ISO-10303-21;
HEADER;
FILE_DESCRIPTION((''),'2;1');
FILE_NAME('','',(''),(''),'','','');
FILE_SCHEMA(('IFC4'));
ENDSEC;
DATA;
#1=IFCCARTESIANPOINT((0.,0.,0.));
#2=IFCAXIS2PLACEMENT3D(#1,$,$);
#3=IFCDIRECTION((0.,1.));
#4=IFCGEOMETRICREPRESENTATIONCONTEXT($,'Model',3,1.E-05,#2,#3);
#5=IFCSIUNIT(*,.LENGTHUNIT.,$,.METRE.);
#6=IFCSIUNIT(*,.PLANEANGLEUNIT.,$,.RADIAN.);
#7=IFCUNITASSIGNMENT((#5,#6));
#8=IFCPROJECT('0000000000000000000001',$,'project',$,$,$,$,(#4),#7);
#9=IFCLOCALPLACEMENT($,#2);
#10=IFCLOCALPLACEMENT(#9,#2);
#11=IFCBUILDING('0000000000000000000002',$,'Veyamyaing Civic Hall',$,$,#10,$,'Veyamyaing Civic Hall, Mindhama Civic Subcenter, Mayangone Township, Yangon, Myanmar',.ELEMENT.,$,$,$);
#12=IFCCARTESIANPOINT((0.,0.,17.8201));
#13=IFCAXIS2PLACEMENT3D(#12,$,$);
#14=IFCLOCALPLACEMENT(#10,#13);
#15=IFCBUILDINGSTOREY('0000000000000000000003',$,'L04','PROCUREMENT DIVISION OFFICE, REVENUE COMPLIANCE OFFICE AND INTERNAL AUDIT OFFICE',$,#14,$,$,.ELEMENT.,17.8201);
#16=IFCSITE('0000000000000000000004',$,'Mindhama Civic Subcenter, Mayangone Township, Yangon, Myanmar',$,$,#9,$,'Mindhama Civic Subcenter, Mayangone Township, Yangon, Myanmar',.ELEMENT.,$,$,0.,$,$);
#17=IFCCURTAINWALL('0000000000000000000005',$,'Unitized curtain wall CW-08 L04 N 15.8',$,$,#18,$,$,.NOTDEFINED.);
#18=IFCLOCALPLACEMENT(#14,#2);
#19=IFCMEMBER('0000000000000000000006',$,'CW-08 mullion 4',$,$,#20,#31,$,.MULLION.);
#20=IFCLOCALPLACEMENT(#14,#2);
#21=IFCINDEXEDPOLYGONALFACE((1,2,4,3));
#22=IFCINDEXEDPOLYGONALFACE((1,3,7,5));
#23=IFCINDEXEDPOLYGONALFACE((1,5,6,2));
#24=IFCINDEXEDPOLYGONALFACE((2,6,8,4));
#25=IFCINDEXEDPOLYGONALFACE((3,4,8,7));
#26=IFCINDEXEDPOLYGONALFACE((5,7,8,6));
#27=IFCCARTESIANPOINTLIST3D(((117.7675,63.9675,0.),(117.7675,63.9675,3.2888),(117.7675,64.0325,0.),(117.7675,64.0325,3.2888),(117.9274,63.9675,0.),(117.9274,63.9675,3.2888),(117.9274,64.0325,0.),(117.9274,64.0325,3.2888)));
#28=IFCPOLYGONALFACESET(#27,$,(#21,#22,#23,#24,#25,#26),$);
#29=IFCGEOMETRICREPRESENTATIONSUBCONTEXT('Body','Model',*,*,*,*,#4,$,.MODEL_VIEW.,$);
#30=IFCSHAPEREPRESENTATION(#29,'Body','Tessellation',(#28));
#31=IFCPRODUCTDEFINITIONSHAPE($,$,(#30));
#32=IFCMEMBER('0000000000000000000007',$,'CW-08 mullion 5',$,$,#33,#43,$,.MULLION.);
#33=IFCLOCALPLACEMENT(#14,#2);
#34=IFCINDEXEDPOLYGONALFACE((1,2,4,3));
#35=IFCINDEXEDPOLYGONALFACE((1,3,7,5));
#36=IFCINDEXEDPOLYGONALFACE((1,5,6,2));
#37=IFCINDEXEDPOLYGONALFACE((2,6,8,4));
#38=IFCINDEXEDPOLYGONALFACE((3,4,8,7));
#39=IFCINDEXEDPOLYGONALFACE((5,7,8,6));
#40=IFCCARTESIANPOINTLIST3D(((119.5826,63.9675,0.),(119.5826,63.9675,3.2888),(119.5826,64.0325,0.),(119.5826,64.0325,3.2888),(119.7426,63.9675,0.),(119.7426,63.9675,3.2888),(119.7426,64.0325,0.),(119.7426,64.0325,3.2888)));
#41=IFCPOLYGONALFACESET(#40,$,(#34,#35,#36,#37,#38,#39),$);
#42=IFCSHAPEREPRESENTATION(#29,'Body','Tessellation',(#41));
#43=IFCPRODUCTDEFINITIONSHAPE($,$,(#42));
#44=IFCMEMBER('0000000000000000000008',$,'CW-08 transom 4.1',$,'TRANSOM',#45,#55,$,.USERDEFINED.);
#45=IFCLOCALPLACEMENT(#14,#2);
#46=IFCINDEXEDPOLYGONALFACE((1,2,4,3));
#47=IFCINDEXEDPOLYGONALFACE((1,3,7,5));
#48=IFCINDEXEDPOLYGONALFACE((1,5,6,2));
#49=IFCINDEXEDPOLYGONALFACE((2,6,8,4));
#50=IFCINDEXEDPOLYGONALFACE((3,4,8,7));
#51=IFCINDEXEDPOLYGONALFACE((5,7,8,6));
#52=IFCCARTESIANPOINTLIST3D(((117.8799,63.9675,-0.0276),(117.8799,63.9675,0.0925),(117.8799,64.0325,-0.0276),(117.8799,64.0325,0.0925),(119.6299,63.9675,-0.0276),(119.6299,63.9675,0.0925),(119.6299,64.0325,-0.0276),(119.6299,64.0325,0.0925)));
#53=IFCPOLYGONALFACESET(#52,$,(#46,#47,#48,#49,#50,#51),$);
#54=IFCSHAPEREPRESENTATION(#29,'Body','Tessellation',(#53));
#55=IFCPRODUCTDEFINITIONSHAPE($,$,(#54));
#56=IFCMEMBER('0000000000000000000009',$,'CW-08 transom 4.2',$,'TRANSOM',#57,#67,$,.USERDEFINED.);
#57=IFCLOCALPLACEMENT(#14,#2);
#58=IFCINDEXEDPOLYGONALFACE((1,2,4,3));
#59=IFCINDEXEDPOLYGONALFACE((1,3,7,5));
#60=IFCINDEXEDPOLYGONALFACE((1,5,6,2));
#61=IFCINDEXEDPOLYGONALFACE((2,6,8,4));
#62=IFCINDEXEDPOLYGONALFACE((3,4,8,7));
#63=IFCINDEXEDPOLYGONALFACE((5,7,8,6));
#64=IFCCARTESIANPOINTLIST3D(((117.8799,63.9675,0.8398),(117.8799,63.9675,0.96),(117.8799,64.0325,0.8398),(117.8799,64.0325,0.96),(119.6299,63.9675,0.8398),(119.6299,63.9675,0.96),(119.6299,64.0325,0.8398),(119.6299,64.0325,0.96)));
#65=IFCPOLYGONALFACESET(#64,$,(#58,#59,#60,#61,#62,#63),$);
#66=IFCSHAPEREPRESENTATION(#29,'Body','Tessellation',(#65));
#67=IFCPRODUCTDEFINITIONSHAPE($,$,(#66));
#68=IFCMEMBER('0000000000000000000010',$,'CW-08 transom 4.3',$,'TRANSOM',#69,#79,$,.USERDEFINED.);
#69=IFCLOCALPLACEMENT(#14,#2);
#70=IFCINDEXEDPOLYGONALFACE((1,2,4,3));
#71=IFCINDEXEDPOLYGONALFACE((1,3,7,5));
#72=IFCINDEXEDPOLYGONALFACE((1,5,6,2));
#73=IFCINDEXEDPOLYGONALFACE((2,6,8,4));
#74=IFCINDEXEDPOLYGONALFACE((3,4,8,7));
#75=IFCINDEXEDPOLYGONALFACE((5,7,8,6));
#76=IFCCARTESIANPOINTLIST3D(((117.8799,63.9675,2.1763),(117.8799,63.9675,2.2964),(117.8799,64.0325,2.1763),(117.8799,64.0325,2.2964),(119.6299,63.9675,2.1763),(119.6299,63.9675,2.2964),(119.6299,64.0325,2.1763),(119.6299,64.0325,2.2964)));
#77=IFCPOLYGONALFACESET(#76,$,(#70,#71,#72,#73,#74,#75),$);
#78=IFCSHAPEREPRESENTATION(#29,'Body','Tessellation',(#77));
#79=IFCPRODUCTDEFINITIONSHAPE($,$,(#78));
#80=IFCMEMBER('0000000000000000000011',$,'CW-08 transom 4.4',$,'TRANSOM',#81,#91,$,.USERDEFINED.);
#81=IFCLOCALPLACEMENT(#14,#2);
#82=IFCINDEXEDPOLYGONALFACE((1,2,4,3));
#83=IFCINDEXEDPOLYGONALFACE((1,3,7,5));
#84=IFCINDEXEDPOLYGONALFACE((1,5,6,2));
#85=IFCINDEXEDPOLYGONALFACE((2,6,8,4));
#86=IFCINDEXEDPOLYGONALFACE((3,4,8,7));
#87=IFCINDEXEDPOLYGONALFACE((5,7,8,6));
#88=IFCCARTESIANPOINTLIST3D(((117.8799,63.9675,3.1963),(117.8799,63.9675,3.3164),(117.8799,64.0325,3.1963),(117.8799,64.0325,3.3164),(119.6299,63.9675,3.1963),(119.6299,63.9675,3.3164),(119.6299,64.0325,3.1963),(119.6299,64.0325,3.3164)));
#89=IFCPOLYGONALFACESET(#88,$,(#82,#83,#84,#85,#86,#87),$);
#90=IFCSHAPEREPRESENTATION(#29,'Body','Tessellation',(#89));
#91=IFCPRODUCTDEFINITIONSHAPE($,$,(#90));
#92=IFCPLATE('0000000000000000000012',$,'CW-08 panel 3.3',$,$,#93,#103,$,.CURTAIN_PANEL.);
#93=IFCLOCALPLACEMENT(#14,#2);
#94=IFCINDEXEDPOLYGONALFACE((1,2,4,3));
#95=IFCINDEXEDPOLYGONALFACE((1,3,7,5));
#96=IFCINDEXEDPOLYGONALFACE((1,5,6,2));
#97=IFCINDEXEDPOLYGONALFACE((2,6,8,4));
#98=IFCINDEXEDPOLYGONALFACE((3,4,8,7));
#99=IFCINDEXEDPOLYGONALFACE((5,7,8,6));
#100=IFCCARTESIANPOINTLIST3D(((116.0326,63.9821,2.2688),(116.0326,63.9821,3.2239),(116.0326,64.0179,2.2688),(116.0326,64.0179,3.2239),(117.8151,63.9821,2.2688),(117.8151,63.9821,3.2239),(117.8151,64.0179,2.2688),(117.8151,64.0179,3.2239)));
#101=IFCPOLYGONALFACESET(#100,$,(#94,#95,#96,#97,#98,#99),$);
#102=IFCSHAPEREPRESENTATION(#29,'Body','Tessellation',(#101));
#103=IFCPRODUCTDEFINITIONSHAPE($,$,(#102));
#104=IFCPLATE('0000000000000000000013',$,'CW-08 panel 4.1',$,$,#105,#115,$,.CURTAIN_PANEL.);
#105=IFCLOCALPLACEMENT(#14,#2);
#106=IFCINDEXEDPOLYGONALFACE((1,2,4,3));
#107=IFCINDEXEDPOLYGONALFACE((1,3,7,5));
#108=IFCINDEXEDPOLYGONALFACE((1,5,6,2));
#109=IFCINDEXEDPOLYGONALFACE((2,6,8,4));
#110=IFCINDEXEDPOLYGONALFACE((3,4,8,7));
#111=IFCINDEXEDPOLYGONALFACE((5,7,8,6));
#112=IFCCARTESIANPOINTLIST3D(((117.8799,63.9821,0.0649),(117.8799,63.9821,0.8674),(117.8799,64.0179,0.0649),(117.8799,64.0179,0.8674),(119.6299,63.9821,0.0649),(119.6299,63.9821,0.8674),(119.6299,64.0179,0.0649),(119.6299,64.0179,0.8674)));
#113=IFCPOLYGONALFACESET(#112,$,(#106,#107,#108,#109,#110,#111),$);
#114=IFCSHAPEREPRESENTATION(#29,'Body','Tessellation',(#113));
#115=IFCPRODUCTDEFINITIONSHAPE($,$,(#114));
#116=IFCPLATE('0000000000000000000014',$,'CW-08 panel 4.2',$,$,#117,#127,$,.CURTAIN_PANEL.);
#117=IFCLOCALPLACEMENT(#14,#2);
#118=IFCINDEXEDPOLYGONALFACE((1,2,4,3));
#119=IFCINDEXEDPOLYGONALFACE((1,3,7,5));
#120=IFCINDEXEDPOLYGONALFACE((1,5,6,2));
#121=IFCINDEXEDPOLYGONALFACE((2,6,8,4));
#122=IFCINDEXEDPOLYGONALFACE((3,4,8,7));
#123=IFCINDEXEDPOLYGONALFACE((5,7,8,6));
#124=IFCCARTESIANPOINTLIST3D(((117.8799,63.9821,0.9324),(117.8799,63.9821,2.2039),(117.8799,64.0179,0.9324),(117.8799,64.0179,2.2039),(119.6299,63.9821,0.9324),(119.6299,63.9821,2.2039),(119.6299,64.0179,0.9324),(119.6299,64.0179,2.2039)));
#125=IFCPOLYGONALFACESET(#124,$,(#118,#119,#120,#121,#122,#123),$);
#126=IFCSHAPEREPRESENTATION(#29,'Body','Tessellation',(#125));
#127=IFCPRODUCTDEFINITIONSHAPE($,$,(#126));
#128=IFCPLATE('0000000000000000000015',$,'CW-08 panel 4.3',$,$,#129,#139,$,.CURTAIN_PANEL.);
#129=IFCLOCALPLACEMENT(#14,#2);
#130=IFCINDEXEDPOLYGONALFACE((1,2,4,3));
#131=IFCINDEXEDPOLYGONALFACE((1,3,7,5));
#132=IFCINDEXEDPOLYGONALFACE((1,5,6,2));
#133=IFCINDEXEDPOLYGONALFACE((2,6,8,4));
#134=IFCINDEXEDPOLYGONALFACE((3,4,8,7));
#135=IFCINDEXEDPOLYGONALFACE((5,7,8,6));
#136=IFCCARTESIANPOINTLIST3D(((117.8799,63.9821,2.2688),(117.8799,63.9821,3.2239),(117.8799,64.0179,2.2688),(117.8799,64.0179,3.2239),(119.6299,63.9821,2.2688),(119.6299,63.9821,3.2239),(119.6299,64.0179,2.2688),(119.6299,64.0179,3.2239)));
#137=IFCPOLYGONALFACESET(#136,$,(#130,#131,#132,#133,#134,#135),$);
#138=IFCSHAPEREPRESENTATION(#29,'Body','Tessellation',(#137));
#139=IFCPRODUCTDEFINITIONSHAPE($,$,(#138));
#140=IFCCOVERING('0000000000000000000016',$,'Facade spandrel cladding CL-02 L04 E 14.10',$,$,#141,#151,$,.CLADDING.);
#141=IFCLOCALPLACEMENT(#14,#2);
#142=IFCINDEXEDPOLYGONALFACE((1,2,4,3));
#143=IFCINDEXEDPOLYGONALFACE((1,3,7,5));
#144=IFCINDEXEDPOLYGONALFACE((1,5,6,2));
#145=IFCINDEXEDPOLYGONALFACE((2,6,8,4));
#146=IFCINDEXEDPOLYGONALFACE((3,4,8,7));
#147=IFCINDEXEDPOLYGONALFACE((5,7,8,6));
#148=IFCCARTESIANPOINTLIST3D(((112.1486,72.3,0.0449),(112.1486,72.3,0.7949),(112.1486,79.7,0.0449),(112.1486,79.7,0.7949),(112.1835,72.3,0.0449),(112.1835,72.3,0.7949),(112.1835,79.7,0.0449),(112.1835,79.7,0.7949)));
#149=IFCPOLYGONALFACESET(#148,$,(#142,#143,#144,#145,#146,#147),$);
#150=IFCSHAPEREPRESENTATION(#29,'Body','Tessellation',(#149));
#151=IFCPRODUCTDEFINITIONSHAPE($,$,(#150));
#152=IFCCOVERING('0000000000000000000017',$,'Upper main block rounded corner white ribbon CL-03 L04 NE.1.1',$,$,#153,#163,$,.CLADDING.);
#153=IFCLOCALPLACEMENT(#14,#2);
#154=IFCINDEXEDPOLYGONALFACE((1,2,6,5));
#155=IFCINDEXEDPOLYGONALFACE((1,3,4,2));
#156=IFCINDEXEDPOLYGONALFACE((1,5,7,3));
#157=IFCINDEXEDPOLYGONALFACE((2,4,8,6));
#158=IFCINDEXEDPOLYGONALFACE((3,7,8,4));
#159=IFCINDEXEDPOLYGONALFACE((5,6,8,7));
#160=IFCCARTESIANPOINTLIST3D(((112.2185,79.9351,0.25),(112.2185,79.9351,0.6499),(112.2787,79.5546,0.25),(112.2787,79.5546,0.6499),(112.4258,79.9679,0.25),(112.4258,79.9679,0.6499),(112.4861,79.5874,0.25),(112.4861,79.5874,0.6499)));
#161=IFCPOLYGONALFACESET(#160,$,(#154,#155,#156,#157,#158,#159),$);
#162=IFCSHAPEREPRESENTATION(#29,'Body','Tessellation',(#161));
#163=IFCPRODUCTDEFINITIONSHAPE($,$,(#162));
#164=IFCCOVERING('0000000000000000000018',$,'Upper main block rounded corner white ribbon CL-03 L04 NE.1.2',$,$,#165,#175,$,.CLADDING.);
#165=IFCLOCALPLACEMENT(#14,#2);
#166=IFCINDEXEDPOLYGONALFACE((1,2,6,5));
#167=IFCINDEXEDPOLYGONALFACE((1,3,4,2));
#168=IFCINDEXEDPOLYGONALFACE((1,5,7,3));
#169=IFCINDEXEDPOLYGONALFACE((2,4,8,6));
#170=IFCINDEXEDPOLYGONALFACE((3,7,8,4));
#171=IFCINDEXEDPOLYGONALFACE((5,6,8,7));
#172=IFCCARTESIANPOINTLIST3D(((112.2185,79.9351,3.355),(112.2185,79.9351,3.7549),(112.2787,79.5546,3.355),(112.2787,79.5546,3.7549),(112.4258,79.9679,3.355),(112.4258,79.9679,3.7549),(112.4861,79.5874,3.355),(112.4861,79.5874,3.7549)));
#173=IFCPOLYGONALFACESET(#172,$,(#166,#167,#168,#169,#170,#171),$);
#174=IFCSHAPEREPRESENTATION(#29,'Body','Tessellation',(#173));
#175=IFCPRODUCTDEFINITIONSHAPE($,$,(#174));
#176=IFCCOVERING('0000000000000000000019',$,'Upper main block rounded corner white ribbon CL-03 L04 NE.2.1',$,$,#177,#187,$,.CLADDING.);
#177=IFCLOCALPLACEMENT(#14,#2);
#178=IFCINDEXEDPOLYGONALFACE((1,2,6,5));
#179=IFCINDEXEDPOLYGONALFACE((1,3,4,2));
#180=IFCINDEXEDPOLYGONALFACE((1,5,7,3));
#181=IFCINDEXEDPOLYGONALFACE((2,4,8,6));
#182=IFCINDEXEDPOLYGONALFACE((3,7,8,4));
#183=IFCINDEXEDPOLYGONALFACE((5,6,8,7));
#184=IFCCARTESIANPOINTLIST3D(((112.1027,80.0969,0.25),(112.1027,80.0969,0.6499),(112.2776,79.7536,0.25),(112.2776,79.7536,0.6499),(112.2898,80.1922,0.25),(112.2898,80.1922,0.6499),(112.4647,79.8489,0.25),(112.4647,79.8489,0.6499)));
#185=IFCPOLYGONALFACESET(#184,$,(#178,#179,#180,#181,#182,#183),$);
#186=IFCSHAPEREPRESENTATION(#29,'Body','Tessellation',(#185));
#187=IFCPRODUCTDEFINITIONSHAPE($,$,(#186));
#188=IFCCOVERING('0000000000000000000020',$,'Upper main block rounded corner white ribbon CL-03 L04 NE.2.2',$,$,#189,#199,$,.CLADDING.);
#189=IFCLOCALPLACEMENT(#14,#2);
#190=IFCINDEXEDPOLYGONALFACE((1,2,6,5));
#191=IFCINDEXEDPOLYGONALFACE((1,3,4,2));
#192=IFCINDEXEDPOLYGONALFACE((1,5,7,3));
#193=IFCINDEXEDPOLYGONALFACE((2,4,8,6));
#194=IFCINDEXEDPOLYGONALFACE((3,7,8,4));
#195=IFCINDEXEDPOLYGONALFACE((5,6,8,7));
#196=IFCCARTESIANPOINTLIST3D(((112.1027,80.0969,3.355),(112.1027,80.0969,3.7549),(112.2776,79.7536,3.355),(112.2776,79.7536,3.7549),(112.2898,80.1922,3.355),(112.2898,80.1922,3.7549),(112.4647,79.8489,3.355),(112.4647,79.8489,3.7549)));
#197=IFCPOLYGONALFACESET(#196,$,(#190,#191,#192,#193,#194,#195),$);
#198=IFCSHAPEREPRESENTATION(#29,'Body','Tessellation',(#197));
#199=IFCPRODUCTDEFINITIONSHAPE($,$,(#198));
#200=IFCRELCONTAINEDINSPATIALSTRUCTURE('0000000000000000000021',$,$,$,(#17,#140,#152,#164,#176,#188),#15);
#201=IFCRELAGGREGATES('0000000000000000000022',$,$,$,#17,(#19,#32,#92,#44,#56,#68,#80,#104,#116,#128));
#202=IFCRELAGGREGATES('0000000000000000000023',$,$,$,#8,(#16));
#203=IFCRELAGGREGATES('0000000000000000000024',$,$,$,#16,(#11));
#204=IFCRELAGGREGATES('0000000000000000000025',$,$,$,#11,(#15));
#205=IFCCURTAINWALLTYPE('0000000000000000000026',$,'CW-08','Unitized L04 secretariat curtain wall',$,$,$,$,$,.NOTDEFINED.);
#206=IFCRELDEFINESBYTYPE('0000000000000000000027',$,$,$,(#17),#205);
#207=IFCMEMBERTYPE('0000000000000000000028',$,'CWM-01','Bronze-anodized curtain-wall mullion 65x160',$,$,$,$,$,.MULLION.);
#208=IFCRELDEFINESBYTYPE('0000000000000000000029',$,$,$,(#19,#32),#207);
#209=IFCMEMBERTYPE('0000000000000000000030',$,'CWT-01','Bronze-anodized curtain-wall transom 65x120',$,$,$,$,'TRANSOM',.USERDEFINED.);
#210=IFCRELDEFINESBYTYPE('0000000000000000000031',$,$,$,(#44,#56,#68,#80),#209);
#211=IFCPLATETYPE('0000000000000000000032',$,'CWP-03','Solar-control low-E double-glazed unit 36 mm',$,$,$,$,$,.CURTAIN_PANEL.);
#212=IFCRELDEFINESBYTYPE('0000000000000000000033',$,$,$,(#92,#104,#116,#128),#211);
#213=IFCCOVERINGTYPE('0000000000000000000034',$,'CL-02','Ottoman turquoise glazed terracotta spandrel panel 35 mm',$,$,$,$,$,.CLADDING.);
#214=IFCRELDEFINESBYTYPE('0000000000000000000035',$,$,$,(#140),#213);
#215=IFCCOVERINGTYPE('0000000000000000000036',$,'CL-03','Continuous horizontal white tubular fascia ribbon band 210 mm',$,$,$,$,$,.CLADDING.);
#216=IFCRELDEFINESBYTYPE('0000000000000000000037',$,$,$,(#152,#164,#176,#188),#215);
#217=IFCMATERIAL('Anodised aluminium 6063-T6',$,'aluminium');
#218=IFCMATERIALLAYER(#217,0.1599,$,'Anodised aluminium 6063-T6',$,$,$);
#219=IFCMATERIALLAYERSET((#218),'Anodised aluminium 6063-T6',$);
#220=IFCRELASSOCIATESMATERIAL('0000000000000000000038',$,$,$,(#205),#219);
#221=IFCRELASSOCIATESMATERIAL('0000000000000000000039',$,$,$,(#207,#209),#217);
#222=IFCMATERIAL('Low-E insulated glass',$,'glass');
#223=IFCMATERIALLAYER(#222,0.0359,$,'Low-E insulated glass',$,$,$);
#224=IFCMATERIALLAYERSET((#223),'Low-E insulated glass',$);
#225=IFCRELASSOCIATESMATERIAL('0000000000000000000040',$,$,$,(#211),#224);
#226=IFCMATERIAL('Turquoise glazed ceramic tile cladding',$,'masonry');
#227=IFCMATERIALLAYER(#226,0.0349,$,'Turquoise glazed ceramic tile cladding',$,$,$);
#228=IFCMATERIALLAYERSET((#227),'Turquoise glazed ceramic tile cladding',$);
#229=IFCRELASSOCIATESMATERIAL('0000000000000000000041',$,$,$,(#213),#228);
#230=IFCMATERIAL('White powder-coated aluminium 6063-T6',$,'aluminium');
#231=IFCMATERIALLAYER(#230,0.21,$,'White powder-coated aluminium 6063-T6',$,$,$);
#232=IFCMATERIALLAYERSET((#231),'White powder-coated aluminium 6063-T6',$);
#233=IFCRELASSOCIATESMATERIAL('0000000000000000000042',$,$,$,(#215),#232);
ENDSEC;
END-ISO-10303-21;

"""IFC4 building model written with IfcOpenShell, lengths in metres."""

from ifc_helpers import new_model, si_unit, direction, frame, origin, origin_2d, place, context, subcontext, project, spatial, rectangle, extrude, material, layer, layer_set, material_profile, profile_set, type_object, element, aggregate, save


model = new_model("IFC4")

# Units and contexts
model_context = context("Model", 3, precision=1e-05, world=origin(), true_north=direction((0.0, 1.0)))
body_context = subcontext(model_context, "Body", "Model", "MODEL_VIEW")
ifc_project = project(units=[si_unit("LENGTHUNIT", "METRE"), si_unit("PLANEANGLEUNIT", "RADIAN")], contexts=[model_context])

# Site, building, storey
site_placement = place(None, origin())
site = spatial("IfcSite", under=ifc_project, at=site_placement, Name="Mindhama Civic Subcenter, Mayangone Township, Yangon, Myanmar", LongName="Mindhama Civic Subcenter, Mayangone Township, Yangon, Myanmar", CompositionType="ELEMENT", RefElevation=0.0)
building_placement = place(site_placement, origin())
building = spatial("IfcBuilding", under=site, at=building_placement, Name="Veyamyaing Civic Hall", LongName="Veyamyaing Civic Hall, Mindhama Civic Subcenter, Mayangone Township, Yangon, Myanmar", CompositionType="ELEMENT")
storey_placement = place(building_placement, frame((0.0, 0.0, 17.8201)))
storey = spatial("IfcBuildingStorey", under=building, at=storey_placement, Name="L04", Description="PROCUREMENT DIVISION OFFICE, REVENUE COMPLIANCE OFFICE AND INTERNAL AUDIT OFFICE", CompositionType="ELEMENT", Elevation=17.8201)

# Curtain wall, members, plates
ifc_material_1 = material(Name="Anodised aluminium 6063-T6", Category="aluminium")
ifc_layer_1 = layer(ifc_material_1, 0.1599, Name="Anodised aluminium 6063-T6")
ifc_layer_set_1 = layer_set([ifc_layer_1], Name="Anodised aluminium 6063-T6")
curtain_wall_type = type_object("IfcCurtainWallType", Name="CW-08", Description="Unitized L04 secretariat curtain wall", PredefinedType="NOTDEFINED", material=ifc_layer_set_1)
curtain_wall_placement = place(storey_placement, origin())
curtain_wall = element("IfcCurtainWall", 1, at=curtain_wall_placement, inside=storey, type_object=curtain_wall_type, Name="Unitized curtain wall CW-08 L04 N 15.8", PredefinedType="NOTDEFINED")
ifc_material_profile_1 = material_profile(ifc_material_1, rectangle(XDim=0.0649, YDim=0.1599, at=origin_2d()), Name="ALU-MUL-65X160")
ifc_profile_set_1 = profile_set([ifc_material_profile_1], Name="Anodised aluminium 6063-T6")
member_type_1 = type_object("IfcMemberType", Name="CWM-01", Description="Bronze-anodized curtain-wall mullion 65x160", PredefinedType="MULLION", material=ifc_profile_set_1)
member_1_placement = place(storey_placement, frame((117.8474, 64.0, 0.0), z_axis=(0.0, 0.0, 1.0), x_axis=(0.0, 1.0, 0.0)))
member_1 = element("IfcMember", 2, at=member_1_placement, type_object=member_type_1, Name="CW-08 mullion 4", PredefinedType="MULLION", context=body_context, shape_type="SweptSolid", body=[
    extrude(rectangle(XDim=0.0649, YDim=0.1599, at=origin_2d()), origin(), (0.0, 0.0, 1.0), 3.2888),
])
member_2_placement = place(storey_placement, frame((119.6626, 64.0, 0.0), z_axis=(0.0, 0.0, 1.0), x_axis=(0.0, 1.0, 0.0)))
member_2 = element("IfcMember", 3, at=member_2_placement, type_object=member_type_1, Name="CW-08 mullion 5", PredefinedType="MULLION", context=body_context, shape_type="SweptSolid", body=[
    extrude(rectangle(XDim=0.0649, YDim=0.1599, at=origin_2d()), origin(), (0.0, 0.0, 1.0), 3.2888),
])
ifc_material_profile_2 = material_profile(ifc_material_1, rectangle(XDim=0.0649, YDim=0.1201, at=origin_2d()), Name="ALU-TRN-65X120")
ifc_profile_set_2 = profile_set([ifc_material_profile_2], Name="Anodised aluminium 6063-T6")
member_type_2 = type_object("IfcMemberType", Name="CWT-01", Description="Bronze-anodized curtain-wall transom 65x120", ElementType="TRANSOM", PredefinedType="USERDEFINED", material=ifc_profile_set_2)
member_3_placement = place(storey_placement, frame((117.8799, 64.0, 0.0325), z_axis=(1.0, 0.0, 0.0), x_axis=(0.0, 1.0, 0.0)))
member_3 = element("IfcMember", 4, at=member_3_placement, type_object=member_type_2, Name="CW-08 transom 4.1", ObjectType="TRANSOM", PredefinedType="USERDEFINED", context=body_context, shape_type="SweptSolid", body=[
    extrude(rectangle(XDim=0.0649, YDim=0.1201, at=origin_2d()), origin(), (0.0, 0.0, 1.0), 1.75),
])
member_4_placement = place(storey_placement, frame((117.8799, 64.0, 0.8999), z_axis=(1.0, 0.0, 0.0), x_axis=(0.0, 1.0, 0.0)))
member_4 = element("IfcMember", 5, at=member_4_placement, type_object=member_type_2, Name="CW-08 transom 4.2", ObjectType="TRANSOM", PredefinedType="USERDEFINED", context=body_context, shape_type="SweptSolid", body=[
    extrude(rectangle(XDim=0.0649, YDim=0.1201, at=origin_2d()), origin(), (0.0, 0.0, 1.0), 1.75),
])
member_5_placement = place(storey_placement, frame((117.8799, 64.0, 2.2363), z_axis=(1.0, 0.0, 0.0), x_axis=(0.0, 1.0, 0.0)))
member_5 = element("IfcMember", 6, at=member_5_placement, type_object=member_type_2, Name="CW-08 transom 4.3", ObjectType="TRANSOM", PredefinedType="USERDEFINED", context=body_context, shape_type="SweptSolid", body=[
    extrude(rectangle(XDim=0.0649, YDim=0.1201, at=origin_2d()), origin(), (0.0, 0.0, 1.0), 1.75),
])
member_6_placement = place(storey_placement, frame((117.8799, 64.0, 3.2563), z_axis=(1.0, 0.0, 0.0), x_axis=(0.0, 1.0, 0.0)))
member_6 = element("IfcMember", 7, at=member_6_placement, type_object=member_type_2, Name="CW-08 transom 4.4", ObjectType="TRANSOM", PredefinedType="USERDEFINED", context=body_context, shape_type="SweptSolid", body=[
    extrude(rectangle(XDim=0.0649, YDim=0.1201, at=origin_2d()), origin(), (0.0, 0.0, 1.0), 1.75),
])
ifc_material_2 = material(Name="Low-E insulated glass", Category="glass")
ifc_layer_2 = layer(ifc_material_2, 0.0359, Name="Low-E insulated glass")
ifc_layer_set_2 = layer_set([ifc_layer_2], Name="Low-E insulated glass")
plate_type = type_object("IfcPlateType", Name="CWP-03", Description="Solar-control low-E double-glazed unit 36 mm", PredefinedType="CURTAIN_PANEL", material=ifc_layer_set_2)
plate_1_placement = place(storey_placement, frame((116.9238, 64.0, 2.2688), z_axis=(0.0, 0.0, 1.0), x_axis=(1.0, 0.0, 0.0)))
plate_1 = element("IfcPlate", 8, at=plate_1_placement, type_object=plate_type, Name="CW-08 panel 3.3", PredefinedType="CURTAIN_PANEL", context=body_context, shape_type="SweptSolid", body=[
    extrude(rectangle(XDim=1.7825, YDim=0.0359, at=origin_2d()), origin(), (0.0, 0.0, 1.0), 0.9551),
])
plate_2_placement = place(storey_placement, frame((118.7549, 64.0, 0.0649), z_axis=(0.0, 0.0, 1.0), x_axis=(1.0, 0.0, 0.0)))
plate_2 = element("IfcPlate", 9, at=plate_2_placement, type_object=plate_type, Name="CW-08 panel 4.1", PredefinedType="CURTAIN_PANEL", context=body_context, shape_type="SweptSolid", body=[
    extrude(rectangle(XDim=1.75, YDim=0.0359, at=origin_2d()), origin(), (0.0, 0.0, 1.0), 0.8025),
])
plate_3_placement = place(storey_placement, frame((118.7549, 64.0, 0.9324), z_axis=(0.0, 0.0, 1.0), x_axis=(1.0, 0.0, 0.0)))
plate_3 = element("IfcPlate", 10, at=plate_3_placement, type_object=plate_type, Name="CW-08 panel 4.2", PredefinedType="CURTAIN_PANEL", context=body_context, shape_type="SweptSolid", body=[
    extrude(rectangle(XDim=1.75, YDim=0.0359, at=origin_2d()), origin(), (0.0, 0.0, 1.0), 1.2715),
])
plate_4_placement = place(storey_placement, frame((118.7549, 64.0, 2.2688), z_axis=(0.0, 0.0, 1.0), x_axis=(1.0, 0.0, 0.0)))
plate_4 = element("IfcPlate", 11, at=plate_4_placement, type_object=plate_type, Name="CW-08 panel 4.3", PredefinedType="CURTAIN_PANEL", context=body_context, shape_type="SweptSolid", body=[
    extrude(rectangle(XDim=1.75, YDim=0.0359, at=origin_2d()), origin(), (0.0, 0.0, 1.0), 0.9551),
])
aggregate(curtain_wall, [member_1, member_2, plate_1, member_3, member_4, member_5, member_6, plate_2, plate_3, plate_4])

# Coverings
ifc_material_3 = material(Name="Turquoise glazed ceramic tile cladding", Category="masonry")
ifc_layer_3 = layer(ifc_material_3, 0.0349, Name="Turquoise glazed ceramic tile cladding")
ifc_layer_set_3 = layer_set([ifc_layer_3], Name="Turquoise glazed ceramic tile cladding")
covering_type_1 = type_object("IfcCoveringType", Name="CL-02", Description="Ottoman turquoise glazed terracotta spandrel panel 35 mm", PredefinedType="CLADDING", material=ifc_layer_set_3)
covering_placement = place(storey_placement, frame((112.166, 76.0, 0.0449), z_axis=(0.0, 0.0, 1.0), x_axis=(0.0, 1.0, 0.0)))
element("IfcCovering", 12, at=covering_placement, inside=storey, type_object=covering_type_1, Name="Facade spandrel cladding CL-02 L04 E 14.10", PredefinedType="CLADDING", context=body_context, shape_type="SweptSolid", body=[
    extrude(rectangle(XDim=7.3999, YDim=0.0349, at=origin_2d()), origin(), (0.0, 0.0, 1.0), 0.75),
])
ifc_material_4 = material(Name="White powder-coated aluminium 6063-T6", Category="aluminium")
ifc_layer_4 = layer(ifc_material_4, 0.21, Name="White powder-coated aluminium 6063-T6")
ifc_layer_set_4 = layer_set([ifc_layer_4], Name="White powder-coated aluminium 6063-T6")
covering_type_2 = type_object("IfcCoveringType", Name="CL-03", Description="Continuous horizontal white tubular fascia ribbon band 210 mm", PredefinedType="CLADDING", material=ifc_layer_set_4)
for number, where, z_axis, x_axis, name in (
    (13, (112.3523, 79.7612, 0.25), (0.0, 0.0, 1.0), (-0.156434, 0.987688, 0.0), "Upper main block rounded corner white ribbon CL-03 L04 NE.1.1"),
    (14, (112.3523, 79.7612, 3.355), (0.0, 0.0, 1.0), (-0.156434, 0.987688, 0.0), "Upper main block rounded corner white ribbon CL-03 L04 NE.1.2"),
    (15, (112.2837, 79.9729, 0.25), (0.0, 0.0, 1.0), (-0.45399, 0.891007, 0.0), "Upper main block rounded corner white ribbon CL-03 L04 NE.2.1"),
    (16, (112.2837, 79.9729, 3.355), (0.0, 0.0, 1.0), (-0.45399, 0.891007, 0.0), "Upper main block rounded corner white ribbon CL-03 L04 NE.2.2"),
):
    element("IfcCovering", number, at=place(storey_placement, frame(where, z_axis=z_axis, x_axis=x_axis)), inside=storey, type_object=covering_type_2, Name=name, PredefinedType="CLADDING", context=body_context, shape_type="SweptSolid", body=[
        extrude(rectangle(XDim=0.3853, YDim=0.21, at=origin_2d()), origin(), (0.0, 0.0, 1.0), 0.3999),
    ])

save(model, "model.ifc")
